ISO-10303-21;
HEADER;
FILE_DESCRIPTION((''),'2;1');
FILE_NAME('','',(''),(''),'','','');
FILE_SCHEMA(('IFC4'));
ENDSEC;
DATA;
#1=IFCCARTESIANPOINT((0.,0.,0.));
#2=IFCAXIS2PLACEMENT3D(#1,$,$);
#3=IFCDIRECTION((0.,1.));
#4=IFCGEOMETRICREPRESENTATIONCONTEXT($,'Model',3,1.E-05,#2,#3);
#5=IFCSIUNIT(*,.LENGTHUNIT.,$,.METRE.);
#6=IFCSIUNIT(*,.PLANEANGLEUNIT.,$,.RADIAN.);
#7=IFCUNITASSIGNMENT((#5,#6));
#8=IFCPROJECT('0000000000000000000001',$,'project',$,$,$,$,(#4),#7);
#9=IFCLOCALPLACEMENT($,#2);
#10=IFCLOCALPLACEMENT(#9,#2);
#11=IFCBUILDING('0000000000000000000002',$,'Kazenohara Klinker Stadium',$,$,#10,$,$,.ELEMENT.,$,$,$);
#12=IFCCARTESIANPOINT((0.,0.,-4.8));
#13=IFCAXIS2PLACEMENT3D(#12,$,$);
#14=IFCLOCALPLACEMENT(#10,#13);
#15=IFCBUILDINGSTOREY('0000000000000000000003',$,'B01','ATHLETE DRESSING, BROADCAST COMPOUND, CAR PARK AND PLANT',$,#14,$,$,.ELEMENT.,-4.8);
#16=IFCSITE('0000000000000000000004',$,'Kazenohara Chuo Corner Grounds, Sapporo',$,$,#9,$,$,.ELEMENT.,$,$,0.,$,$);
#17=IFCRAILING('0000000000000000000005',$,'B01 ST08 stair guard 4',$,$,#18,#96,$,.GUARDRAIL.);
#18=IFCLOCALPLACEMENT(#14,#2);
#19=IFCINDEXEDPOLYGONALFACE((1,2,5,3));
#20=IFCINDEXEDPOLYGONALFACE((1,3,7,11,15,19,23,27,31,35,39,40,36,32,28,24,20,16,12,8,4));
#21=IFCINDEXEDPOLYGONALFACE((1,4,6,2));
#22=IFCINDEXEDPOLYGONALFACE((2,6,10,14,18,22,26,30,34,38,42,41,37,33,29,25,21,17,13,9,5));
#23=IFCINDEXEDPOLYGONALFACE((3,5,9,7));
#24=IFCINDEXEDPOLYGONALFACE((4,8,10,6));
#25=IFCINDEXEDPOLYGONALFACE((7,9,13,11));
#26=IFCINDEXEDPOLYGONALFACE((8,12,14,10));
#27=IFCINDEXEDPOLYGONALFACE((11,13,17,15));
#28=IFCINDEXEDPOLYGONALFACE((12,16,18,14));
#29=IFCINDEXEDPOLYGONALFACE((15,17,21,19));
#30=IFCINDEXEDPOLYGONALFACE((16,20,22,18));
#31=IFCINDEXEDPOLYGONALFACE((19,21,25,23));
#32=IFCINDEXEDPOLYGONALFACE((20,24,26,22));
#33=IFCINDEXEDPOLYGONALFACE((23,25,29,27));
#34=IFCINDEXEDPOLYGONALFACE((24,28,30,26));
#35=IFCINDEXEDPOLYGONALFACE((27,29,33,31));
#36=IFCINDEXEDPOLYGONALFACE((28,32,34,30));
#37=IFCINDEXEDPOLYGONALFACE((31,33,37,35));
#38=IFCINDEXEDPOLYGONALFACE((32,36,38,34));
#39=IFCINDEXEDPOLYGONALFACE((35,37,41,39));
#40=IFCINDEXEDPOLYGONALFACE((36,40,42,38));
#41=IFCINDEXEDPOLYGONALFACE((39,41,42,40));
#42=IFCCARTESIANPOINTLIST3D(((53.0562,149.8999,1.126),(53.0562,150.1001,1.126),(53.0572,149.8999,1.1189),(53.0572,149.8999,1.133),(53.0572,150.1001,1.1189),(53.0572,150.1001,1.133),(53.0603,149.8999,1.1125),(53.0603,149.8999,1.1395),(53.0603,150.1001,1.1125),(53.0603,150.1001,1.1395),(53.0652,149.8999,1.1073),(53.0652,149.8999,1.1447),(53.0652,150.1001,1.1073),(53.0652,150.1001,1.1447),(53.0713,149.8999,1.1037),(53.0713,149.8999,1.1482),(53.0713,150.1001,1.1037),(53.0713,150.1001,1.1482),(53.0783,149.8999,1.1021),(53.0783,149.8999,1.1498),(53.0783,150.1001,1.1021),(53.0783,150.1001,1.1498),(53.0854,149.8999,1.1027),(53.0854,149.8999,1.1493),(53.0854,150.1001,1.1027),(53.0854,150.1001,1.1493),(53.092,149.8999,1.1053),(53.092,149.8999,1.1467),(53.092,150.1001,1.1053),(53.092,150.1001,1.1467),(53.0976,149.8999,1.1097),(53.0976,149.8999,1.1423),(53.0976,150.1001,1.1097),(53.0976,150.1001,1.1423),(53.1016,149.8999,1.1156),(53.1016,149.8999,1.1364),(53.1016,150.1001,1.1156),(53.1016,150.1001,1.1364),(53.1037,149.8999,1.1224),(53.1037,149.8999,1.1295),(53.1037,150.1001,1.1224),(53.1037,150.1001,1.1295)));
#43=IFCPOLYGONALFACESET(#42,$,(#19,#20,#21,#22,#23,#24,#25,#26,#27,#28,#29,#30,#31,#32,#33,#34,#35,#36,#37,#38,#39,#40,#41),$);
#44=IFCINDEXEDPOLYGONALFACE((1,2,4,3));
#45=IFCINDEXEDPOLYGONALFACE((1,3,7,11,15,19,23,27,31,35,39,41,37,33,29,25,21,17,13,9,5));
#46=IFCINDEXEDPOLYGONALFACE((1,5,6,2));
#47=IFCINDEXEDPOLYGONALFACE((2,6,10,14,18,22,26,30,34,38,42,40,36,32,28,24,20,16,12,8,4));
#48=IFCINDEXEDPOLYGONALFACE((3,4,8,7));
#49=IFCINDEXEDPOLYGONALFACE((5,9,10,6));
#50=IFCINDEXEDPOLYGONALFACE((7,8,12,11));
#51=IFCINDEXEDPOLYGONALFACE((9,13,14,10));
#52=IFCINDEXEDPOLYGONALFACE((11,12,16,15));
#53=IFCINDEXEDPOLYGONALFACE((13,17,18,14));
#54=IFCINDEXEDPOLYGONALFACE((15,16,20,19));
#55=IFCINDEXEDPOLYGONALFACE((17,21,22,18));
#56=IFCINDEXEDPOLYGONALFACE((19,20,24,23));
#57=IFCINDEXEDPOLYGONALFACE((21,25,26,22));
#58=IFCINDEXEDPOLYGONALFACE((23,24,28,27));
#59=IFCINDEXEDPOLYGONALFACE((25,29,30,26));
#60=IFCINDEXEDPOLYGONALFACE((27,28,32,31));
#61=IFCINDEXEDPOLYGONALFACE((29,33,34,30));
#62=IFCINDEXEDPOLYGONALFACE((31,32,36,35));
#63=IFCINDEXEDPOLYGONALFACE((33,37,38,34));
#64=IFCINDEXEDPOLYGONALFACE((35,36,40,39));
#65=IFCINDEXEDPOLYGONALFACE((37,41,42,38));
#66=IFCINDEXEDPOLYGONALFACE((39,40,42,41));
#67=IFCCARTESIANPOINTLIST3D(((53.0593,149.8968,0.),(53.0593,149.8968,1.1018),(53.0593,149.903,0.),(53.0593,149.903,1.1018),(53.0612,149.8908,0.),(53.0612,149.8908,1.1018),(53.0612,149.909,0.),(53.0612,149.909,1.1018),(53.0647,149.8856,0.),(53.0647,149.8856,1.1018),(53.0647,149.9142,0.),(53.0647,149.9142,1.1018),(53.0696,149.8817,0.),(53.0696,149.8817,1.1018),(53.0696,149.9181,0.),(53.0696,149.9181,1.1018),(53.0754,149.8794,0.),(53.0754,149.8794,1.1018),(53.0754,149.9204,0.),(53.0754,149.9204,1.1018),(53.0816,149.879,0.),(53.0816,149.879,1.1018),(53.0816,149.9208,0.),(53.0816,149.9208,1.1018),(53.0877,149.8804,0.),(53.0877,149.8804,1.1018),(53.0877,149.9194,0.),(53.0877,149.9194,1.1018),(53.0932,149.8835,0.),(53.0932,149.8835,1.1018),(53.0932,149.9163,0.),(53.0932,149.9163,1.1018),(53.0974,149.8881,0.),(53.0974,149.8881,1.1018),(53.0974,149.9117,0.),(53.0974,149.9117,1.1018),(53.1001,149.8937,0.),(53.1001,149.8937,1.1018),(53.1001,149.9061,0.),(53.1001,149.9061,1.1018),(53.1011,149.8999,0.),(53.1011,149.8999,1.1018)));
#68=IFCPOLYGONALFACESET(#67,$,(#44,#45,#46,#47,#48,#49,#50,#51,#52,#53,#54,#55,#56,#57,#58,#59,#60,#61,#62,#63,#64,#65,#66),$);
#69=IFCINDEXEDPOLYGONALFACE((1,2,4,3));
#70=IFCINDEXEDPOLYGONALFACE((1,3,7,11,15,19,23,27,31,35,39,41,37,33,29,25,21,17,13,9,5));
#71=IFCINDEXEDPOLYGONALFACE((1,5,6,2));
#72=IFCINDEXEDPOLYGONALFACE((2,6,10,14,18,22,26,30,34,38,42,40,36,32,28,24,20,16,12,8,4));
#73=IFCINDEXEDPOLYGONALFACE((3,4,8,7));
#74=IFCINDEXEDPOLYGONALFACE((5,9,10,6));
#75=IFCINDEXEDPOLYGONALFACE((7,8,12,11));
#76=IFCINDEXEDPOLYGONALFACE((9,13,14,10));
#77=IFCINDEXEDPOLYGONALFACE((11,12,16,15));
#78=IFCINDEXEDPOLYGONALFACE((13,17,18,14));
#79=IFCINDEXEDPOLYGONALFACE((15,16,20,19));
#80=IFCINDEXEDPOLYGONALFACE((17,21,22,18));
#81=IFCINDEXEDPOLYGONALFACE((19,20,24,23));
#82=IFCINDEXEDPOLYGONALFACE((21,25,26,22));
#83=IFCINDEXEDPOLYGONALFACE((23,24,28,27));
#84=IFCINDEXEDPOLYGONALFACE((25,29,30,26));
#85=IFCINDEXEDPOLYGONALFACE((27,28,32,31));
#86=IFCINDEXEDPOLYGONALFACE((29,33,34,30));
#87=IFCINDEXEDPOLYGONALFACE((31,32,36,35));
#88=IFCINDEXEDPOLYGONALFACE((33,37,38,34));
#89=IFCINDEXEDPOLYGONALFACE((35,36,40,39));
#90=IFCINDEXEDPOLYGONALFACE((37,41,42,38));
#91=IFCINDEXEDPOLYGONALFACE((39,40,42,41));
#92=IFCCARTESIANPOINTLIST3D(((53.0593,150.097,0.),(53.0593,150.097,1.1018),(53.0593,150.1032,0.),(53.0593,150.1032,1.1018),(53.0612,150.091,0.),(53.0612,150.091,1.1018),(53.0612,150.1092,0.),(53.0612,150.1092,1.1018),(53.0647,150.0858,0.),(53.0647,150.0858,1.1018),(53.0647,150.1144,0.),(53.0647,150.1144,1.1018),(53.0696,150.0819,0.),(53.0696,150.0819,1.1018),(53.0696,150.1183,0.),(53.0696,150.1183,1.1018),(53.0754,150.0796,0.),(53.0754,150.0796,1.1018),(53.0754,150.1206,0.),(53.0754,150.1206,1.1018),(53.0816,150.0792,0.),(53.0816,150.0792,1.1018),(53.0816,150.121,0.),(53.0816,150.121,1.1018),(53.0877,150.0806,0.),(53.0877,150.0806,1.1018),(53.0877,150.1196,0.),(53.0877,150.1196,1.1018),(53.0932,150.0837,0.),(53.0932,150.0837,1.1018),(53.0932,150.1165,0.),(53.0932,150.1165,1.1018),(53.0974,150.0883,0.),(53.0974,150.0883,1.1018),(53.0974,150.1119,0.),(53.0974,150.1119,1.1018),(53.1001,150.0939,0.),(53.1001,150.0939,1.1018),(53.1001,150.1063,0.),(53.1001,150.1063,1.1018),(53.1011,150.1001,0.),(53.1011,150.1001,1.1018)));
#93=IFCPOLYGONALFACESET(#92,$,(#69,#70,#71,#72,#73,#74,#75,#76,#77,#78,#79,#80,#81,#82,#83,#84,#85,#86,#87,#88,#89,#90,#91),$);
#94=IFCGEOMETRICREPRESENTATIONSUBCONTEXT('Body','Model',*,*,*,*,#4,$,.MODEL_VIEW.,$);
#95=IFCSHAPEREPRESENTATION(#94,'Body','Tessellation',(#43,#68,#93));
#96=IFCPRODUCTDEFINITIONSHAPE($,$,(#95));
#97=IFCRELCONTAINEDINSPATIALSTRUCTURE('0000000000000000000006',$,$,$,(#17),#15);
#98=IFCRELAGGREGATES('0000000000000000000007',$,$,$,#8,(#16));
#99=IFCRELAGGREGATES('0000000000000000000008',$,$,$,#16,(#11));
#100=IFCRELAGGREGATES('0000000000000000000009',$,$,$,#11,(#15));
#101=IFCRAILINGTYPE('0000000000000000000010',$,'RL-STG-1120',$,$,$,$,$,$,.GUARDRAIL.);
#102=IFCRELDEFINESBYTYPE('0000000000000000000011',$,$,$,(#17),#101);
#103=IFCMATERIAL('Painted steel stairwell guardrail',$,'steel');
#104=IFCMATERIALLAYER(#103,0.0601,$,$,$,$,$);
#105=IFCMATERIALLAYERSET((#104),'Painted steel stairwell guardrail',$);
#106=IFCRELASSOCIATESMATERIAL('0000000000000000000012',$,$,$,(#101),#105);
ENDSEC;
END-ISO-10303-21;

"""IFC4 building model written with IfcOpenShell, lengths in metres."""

from ifc_helpers import new_model, si_unit, direction, frame, origin, origin_2d, place, context, subcontext, project, spatial, circle, extrude, material, layer, layer_set, type_object, element, save


model = new_model("IFC4")

# Units and contexts
model_context = context("Model", 3, precision=1e-05, world=origin(), true_north=direction((0.0, 1.0)))
body_context = subcontext(model_context, "Body", "Model", "MODEL_VIEW")
ifc_project = project(units=[si_unit("LENGTHUNIT", "METRE"), si_unit("PLANEANGLEUNIT", "RADIAN")], contexts=[model_context])

# Site, building, storey
site_placement = place(None, origin())
site = spatial("IfcSite", under=ifc_project, at=site_placement, Name="Kazenohara Chuo Corner Grounds, Sapporo", CompositionType="ELEMENT", RefElevation=0.0)
building_placement = place(site_placement, origin())
building = spatial("IfcBuilding", under=site, at=building_placement, Name="Kazenohara Klinker Stadium", CompositionType="ELEMENT")
storey_placement = place(building_placement, frame((0.0, 0.0, -4.8)))
storey = spatial("IfcBuildingStorey", under=building, at=storey_placement, Name="B01", Description="ATHLETE DRESSING, BROADCAST COMPOUND, CAR PARK AND PLANT", CompositionType="ELEMENT", Elevation=-4.8)

# Railing
ifc_material_1 = material(Name="Painted steel stairwell guardrail", Category="steel")
ifc_layer_1 = layer(ifc_material_1, 0.0601)
ifc_layer_set_1 = layer_set([ifc_layer_1], Name="Painted steel stairwell guardrail")
railing_type_1 = type_object("IfcRailingType", Name="RL-STG-1120", PredefinedType="GUARDRAIL", material=ifc_layer_set_1)
railing_1_placement = place(storey_placement, frame((53.0801, 149.8999, 0.0)))
element("IfcRailing", 1, at=railing_1_placement, inside=storey, type_object=railing_type_1, Name="B01 ST08 stair guard 4", PredefinedType="GUARDRAIL", context=body_context, shape_type="SweptSolid", body=[
    extrude(circle(Radius=0.0239, at=origin_2d()), frame((0.0, 0.0, 1.126), z_axis=(0.0, 1.0, 0.0), x_axis=(-1.0, 0.0, 0.0)), (0.0, 0.0, 1.0), 0.2002),
    extrude(circle(Radius=0.021, at=origin_2d()), origin(), (0.0, 0.0, 1.0), 1.1018),
    extrude(circle(Radius=0.021, at=origin_2d()), frame((0.0, 0.2002, 0.0)), (0.0, 0.0, 1.0), 1.1018),
])

save(model, "model.ifc")
